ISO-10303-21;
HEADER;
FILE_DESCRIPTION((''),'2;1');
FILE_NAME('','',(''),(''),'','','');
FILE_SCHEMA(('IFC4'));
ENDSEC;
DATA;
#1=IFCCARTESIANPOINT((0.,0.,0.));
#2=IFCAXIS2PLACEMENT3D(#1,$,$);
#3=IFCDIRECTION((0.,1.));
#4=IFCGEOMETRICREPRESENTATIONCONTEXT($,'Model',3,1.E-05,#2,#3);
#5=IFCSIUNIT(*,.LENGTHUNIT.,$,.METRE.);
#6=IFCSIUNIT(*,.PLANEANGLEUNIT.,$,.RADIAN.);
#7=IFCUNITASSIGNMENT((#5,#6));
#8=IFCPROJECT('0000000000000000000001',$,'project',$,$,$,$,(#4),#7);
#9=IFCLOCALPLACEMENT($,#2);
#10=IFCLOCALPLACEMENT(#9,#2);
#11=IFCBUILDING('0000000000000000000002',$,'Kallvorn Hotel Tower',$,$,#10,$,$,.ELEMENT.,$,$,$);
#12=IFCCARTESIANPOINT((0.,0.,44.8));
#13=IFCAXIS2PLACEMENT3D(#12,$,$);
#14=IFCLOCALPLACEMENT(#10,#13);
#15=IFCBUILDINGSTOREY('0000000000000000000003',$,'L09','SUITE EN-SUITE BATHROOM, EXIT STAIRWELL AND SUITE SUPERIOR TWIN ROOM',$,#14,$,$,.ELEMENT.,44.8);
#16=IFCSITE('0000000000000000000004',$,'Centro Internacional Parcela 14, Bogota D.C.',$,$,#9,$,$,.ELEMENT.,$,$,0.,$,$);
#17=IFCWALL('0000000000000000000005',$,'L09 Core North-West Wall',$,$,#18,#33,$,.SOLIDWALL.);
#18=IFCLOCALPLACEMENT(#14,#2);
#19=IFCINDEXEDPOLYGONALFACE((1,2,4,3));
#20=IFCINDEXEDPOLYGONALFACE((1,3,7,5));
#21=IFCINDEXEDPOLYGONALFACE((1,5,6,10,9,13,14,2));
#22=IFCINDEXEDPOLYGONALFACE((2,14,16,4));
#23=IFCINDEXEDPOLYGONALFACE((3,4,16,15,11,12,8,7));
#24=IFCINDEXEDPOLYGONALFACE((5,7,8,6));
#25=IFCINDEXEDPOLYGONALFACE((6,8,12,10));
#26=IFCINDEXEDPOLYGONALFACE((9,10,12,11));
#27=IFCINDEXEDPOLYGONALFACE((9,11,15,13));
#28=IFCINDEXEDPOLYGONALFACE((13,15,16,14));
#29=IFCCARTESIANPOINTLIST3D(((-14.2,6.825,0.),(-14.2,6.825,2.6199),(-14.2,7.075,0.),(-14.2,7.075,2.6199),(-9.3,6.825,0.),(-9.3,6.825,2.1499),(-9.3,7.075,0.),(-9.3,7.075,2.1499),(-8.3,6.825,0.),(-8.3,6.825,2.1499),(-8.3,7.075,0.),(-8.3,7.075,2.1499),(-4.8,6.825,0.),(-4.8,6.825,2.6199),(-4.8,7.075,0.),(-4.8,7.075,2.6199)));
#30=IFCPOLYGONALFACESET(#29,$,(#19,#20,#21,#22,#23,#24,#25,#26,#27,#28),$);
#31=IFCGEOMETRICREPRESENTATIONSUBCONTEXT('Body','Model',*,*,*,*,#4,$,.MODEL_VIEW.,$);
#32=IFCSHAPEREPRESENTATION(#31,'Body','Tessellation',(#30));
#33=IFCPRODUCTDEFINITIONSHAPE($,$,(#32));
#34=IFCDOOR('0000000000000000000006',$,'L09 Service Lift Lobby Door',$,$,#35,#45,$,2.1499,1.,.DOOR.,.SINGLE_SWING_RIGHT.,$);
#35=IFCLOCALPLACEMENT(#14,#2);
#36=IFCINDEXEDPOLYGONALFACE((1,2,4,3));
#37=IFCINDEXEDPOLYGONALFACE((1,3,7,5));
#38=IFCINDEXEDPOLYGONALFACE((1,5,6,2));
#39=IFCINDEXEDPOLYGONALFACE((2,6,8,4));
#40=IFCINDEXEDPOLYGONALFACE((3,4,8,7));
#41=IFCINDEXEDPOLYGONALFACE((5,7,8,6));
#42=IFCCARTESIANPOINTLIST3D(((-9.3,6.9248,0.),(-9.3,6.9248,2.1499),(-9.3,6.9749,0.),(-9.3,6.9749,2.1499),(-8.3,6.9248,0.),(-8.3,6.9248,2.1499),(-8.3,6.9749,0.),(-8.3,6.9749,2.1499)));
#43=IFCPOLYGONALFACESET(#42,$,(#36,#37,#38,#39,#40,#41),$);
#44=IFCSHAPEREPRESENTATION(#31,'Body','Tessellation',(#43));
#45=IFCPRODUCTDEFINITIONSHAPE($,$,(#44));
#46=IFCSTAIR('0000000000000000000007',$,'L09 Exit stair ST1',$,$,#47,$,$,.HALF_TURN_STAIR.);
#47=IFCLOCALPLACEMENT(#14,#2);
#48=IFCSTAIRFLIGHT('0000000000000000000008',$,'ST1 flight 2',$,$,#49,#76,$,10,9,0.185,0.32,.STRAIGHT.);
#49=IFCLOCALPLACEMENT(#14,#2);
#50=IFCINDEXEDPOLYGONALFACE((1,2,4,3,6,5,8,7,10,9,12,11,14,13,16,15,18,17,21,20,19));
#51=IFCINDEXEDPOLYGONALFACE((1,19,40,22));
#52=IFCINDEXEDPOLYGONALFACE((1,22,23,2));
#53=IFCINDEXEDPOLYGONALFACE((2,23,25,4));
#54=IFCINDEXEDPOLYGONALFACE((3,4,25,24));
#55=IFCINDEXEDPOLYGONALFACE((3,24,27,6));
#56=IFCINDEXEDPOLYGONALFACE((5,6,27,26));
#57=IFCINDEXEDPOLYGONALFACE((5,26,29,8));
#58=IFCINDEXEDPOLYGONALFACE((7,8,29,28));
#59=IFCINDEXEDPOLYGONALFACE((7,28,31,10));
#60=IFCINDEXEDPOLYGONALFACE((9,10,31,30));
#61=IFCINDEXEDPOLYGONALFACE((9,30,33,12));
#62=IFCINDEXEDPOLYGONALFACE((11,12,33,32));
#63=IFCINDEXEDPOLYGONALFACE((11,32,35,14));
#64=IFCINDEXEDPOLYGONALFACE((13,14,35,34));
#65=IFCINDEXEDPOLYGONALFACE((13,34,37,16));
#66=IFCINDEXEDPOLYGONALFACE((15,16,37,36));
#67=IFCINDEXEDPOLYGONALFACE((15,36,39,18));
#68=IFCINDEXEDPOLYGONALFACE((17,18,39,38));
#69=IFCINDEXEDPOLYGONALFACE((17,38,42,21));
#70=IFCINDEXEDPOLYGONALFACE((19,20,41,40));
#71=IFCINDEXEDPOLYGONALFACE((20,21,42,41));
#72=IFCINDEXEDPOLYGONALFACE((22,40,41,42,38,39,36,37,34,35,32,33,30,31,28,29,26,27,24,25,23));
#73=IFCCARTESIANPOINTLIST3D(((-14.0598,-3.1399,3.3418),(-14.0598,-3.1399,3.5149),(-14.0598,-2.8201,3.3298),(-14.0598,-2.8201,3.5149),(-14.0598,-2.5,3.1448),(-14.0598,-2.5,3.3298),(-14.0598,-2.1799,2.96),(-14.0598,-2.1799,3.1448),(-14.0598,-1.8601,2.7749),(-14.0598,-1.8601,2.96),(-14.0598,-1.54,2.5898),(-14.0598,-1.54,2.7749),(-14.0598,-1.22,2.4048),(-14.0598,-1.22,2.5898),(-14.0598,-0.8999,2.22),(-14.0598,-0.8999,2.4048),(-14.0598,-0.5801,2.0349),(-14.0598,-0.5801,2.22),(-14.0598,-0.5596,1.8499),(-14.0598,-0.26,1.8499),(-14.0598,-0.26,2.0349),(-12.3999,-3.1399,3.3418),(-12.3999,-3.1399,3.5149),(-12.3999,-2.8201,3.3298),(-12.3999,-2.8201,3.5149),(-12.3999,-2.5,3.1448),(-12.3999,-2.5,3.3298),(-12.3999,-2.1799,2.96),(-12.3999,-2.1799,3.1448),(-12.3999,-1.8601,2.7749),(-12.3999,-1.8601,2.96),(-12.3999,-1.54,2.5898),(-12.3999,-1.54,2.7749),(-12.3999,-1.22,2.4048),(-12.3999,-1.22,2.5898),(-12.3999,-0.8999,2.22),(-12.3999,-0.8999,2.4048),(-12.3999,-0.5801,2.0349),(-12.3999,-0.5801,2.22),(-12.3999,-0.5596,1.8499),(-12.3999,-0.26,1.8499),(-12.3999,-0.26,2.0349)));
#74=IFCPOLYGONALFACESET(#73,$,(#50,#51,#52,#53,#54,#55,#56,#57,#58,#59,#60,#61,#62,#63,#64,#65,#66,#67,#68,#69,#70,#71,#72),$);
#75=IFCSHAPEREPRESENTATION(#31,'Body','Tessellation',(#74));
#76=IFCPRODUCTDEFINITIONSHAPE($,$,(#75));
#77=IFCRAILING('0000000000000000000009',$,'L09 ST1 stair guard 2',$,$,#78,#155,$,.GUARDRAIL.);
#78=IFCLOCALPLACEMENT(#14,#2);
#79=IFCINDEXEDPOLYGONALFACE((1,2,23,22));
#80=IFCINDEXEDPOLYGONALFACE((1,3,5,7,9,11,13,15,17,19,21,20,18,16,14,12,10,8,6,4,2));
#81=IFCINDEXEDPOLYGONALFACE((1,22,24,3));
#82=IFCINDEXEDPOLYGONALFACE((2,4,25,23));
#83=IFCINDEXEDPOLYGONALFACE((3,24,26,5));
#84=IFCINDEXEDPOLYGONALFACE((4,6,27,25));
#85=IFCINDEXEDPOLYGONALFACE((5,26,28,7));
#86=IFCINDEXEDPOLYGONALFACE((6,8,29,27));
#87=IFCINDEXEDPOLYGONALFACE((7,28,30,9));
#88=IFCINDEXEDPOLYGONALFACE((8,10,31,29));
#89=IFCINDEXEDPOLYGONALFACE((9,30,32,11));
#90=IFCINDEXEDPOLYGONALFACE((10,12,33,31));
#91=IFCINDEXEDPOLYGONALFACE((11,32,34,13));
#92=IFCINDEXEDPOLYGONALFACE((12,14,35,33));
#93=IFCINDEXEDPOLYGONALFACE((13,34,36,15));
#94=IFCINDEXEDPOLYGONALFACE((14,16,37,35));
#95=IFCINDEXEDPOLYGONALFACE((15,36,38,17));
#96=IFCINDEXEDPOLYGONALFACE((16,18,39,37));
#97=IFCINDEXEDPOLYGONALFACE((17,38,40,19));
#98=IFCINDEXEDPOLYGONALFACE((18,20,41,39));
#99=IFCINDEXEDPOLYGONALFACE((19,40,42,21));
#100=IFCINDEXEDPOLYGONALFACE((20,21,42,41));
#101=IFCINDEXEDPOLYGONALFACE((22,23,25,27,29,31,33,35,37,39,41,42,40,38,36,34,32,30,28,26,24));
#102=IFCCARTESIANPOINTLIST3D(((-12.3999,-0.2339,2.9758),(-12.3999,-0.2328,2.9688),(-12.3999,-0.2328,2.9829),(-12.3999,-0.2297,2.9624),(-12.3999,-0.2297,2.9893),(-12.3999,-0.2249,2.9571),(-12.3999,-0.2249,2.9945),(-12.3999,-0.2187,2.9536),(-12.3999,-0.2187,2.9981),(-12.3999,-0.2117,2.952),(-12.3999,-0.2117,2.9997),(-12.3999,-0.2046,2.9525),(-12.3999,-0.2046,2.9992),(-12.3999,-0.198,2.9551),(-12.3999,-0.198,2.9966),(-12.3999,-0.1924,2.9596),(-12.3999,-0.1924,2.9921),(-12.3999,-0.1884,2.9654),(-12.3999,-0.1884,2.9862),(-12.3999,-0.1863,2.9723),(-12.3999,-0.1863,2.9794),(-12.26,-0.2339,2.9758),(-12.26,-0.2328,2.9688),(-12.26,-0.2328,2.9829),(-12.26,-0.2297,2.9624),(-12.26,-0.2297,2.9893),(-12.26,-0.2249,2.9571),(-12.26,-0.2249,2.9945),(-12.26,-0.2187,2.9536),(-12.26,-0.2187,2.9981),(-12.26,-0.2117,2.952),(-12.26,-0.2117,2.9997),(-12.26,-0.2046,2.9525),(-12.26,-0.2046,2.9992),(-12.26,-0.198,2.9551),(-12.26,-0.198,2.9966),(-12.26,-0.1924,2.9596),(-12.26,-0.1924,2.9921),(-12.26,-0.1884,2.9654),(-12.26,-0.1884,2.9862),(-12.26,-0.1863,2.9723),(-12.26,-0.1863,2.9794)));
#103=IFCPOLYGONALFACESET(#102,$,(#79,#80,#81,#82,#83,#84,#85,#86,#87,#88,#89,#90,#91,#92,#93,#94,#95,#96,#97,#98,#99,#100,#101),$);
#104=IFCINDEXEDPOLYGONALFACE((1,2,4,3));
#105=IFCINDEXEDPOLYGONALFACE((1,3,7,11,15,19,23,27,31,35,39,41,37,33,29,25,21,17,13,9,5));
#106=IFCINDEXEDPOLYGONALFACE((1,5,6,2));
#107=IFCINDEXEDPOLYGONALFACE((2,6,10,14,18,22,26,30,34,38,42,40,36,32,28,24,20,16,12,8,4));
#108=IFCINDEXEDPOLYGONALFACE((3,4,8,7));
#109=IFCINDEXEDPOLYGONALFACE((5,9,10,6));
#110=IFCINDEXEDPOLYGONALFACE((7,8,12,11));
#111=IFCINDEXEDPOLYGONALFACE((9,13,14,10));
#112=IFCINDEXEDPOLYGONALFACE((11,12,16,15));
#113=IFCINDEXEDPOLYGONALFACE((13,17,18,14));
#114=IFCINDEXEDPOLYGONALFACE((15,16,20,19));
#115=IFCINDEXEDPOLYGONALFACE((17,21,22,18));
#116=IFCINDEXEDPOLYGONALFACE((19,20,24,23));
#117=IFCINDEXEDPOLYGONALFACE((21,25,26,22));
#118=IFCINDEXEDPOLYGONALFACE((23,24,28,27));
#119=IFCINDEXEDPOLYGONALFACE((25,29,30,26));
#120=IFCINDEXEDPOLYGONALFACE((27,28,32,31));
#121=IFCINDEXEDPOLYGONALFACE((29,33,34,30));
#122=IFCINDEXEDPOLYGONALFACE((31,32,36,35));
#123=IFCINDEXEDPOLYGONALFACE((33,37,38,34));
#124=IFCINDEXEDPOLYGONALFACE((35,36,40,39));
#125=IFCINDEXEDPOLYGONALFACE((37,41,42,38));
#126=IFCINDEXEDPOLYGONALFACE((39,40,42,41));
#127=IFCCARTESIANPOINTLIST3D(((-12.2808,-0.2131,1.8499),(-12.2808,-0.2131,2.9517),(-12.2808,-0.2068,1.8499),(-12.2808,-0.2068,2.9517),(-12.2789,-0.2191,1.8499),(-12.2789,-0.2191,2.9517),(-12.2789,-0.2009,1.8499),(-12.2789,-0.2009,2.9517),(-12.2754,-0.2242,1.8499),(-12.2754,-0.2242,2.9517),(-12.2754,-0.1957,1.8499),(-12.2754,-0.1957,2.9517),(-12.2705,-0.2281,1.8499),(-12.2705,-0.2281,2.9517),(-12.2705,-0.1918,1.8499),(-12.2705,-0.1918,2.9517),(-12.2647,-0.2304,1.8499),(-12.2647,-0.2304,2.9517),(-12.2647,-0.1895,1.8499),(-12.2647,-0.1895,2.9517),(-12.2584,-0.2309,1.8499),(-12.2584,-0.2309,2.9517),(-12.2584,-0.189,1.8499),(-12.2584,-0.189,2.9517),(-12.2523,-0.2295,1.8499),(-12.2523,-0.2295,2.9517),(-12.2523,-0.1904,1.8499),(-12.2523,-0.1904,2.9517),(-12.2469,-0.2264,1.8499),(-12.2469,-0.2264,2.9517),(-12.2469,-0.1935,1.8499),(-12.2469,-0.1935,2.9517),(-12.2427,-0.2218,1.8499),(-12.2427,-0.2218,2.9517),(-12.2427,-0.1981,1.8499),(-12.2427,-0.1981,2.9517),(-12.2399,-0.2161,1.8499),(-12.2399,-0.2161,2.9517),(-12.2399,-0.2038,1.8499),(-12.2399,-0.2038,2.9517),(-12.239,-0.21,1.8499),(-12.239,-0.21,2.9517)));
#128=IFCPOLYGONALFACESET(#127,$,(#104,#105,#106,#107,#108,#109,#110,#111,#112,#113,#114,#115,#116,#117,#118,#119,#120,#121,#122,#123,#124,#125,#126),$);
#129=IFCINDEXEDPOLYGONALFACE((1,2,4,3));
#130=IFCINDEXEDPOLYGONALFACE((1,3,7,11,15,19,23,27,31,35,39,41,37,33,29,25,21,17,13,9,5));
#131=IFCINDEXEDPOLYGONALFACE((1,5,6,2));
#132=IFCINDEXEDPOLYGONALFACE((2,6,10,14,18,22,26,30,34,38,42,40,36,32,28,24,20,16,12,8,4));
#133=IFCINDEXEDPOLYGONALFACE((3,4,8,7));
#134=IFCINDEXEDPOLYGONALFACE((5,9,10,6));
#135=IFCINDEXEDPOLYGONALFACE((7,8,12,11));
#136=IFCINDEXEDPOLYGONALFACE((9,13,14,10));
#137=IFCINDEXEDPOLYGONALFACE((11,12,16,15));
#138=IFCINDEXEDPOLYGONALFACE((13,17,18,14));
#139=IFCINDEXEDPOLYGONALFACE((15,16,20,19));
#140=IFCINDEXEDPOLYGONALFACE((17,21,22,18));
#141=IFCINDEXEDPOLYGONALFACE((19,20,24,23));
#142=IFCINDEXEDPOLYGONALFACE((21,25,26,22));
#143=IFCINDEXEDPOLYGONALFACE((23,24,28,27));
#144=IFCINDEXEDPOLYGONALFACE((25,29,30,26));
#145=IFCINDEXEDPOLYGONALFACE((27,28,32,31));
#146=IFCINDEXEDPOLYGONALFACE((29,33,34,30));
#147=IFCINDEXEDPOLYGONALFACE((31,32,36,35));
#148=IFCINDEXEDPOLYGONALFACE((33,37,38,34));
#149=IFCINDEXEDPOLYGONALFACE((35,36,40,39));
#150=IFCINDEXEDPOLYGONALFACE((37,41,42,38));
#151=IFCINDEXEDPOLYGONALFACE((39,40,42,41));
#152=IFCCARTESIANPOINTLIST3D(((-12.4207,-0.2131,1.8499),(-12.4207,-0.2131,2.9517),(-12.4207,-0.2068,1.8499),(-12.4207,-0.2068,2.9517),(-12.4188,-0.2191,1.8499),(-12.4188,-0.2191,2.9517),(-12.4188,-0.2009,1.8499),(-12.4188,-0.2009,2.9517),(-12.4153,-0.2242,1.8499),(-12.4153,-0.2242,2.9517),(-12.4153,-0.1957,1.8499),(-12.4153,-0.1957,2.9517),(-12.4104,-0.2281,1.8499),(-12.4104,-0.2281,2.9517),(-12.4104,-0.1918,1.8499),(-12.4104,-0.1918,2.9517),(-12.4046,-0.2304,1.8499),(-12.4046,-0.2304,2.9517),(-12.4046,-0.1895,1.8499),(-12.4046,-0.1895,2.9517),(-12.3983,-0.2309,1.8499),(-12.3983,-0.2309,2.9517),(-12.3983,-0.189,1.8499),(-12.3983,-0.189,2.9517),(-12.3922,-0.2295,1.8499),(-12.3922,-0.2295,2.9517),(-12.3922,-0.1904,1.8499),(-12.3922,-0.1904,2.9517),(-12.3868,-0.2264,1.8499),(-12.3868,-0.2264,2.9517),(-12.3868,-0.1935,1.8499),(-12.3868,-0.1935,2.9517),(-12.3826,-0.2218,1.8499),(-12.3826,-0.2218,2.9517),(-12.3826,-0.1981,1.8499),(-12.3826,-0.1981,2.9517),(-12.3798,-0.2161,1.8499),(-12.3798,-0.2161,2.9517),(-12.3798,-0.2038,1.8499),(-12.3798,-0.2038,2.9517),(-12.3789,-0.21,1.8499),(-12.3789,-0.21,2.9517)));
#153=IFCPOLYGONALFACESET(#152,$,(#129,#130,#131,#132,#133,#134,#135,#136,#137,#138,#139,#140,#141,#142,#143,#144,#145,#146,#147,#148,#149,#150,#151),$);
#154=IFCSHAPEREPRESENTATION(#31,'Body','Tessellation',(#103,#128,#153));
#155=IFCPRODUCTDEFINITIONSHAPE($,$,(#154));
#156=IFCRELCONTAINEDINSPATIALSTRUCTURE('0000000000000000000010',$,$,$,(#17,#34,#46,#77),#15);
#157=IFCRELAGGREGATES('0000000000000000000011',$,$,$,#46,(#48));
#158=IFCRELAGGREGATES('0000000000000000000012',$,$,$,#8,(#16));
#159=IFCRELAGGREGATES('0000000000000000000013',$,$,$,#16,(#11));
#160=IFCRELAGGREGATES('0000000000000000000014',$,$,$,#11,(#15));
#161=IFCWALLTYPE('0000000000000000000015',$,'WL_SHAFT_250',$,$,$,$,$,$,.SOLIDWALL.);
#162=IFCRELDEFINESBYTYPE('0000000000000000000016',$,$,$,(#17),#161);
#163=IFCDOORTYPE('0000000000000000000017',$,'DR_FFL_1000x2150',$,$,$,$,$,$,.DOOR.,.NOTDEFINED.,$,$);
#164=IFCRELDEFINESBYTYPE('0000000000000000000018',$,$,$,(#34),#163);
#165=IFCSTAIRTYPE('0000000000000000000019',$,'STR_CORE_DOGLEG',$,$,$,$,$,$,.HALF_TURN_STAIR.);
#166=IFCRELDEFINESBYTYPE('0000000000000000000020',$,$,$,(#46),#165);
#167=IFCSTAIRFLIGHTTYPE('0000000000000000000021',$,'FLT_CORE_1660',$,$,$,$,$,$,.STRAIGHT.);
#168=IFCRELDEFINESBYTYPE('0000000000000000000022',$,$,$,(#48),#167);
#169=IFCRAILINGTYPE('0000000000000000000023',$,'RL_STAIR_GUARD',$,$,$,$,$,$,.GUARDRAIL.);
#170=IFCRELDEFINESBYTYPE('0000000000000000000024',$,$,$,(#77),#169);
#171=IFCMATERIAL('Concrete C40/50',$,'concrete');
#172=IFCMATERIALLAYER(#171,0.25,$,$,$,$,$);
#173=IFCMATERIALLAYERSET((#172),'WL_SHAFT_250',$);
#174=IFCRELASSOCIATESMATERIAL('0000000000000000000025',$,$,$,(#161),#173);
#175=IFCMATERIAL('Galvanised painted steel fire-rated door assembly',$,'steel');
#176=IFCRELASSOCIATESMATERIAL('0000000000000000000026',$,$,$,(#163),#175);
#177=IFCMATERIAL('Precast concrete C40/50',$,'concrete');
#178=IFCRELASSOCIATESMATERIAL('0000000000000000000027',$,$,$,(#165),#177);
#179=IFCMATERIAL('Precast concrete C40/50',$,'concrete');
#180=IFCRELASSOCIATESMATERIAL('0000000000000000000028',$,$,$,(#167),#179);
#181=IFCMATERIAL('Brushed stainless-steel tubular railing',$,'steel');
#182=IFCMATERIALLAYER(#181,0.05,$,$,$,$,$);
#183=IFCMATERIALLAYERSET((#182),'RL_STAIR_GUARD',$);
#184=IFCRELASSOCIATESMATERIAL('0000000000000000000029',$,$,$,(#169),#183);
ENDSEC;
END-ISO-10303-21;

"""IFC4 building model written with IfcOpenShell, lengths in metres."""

from ifc_helpers import new_model, si_unit, direction, frame, frame_2d, origin, origin_2d, place, context, subcontext, project, spatial, polyline, rectangle, circle, outline, extrude, material, layer, layer_set, type_object, element, fill, aggregate, save


model = new_model("IFC4")

# Units and contexts
model_context = context("Model", 3, precision=1e-05, world=origin(), true_north=direction((0.0, 1.0)))
body_context = subcontext(model_context, "Body", "Model", "MODEL_VIEW")
ifc_project = project(units=[si_unit("LENGTHUNIT", "METRE"), si_unit("PLANEANGLEUNIT", "RADIAN")], contexts=[model_context])

# Site, building, storey
site_placement = place(None, origin())
site = spatial("IfcSite", under=ifc_project, at=site_placement, Name="Centro Internacional Parcela 14, Bogota D.C.", CompositionType="ELEMENT", RefElevation=0.0)
building_placement = place(site_placement, origin())
building = spatial("IfcBuilding", under=site, at=building_placement, Name="Kallvorn Hotel Tower", CompositionType="ELEMENT")
storey_placement = place(building_placement, frame((0.0, 0.0, 44.8)))
storey = spatial("IfcBuildingStorey", under=building, at=storey_placement, Name="L09", Description="SUITE EN-SUITE BATHROOM, EXIT STAIRWELL AND SUITE SUPERIOR TWIN ROOM", CompositionType="ELEMENT", Elevation=44.8)

# Wall, opening, door
ifc_material_1 = material(Name="Concrete C40/50", Category="concrete")
ifc_layer_1 = layer(ifc_material_1, 0.25)
ifc_layer_set_1 = layer_set([ifc_layer_1], Name="WL_SHAFT_250")
wall_type_1 = type_object("IfcWallType", Name="WL_SHAFT_250", PredefinedType="SOLIDWALL", material=ifc_layer_set_1)
wall_1_placement = place(storey_placement, frame((-14.2, 6.95, 0.0), z_axis=(0.0, 0.0, 1.0), x_axis=(1.0, 0.0, 0.0)))
wall_1 = element("IfcWall", 1, at=wall_1_placement, inside=storey, type_object=wall_type_1, Name="L09 Core North-West Wall", PredefinedType="SOLIDWALL", context=body_context, shape_type="SweptSolid", body=[
    extrude(rectangle(XDim=9.3999, YDim=0.25, at=frame_2d((4.7, 0.0))), origin(), (0.0, 0.0, 1.0), 2.6199),
])
opening_1_placement = place(wall_1_placement, frame((4.8999, 0.0, 0.0)))
opening_1 = element("IfcOpeningElement", 2, at=opening_1_placement, cuts=wall_1, PredefinedType="OPENING", context=body_context, shape_type="SweptSolid", body=[
    extrude(rectangle(XDim=1.0, YDim=2.1499, at=frame_2d((0.5, 1.075))), frame((0.0, 0.1399, 0.0), z_axis=(0.0, -1.0, 0.0), x_axis=(1.0, 0.0, 0.0)), (0.0, 0.0, 1.0), 0.28),
])
ifc_material_2 = material(Name="Galvanised painted steel fire-rated door assembly", Category="steel")
door_type_1 = type_object("IfcDoorType", Name="DR_FFL_1000x2150", OperationType="NOTDEFINED", PredefinedType="DOOR", material=ifc_material_2)
door_1_placement = place(opening_1_placement, origin())
door_1 = element("IfcDoor", 3, at=door_1_placement, inside=storey, type_object=door_type_1, Name="L09 Service Lift Lobby Door", OperationType="SINGLE_SWING_RIGHT", OverallHeight=2.1499, OverallWidth=1.0, PredefinedType="DOOR", context=body_context, shape_type="SweptSolid", body=[
    extrude(rectangle(XDim=1.0, YDim=2.1499, at=frame_2d((0.5, 1.075))), frame((0.0, 0.0249, 0.0), z_axis=(0.0, -1.0, 0.0), x_axis=(1.0, 0.0, 0.0)), (0.0, 0.0, 1.0), 0.05),
])
fill(opening_1, door_1)

# Stair, stair flight
ifc_material_3 = material(Name="Precast concrete C40/50", Category="concrete")
stair_type = type_object("IfcStairType", Name="STR_CORE_DOGLEG", PredefinedType="HALF_TURN_STAIR", material=ifc_material_3)
stair_placement = place(storey_placement, origin())
stair = element("IfcStair", 4, at=stair_placement, inside=storey, type_object=stair_type, Name="L09 Exit stair ST1", PredefinedType="HALF_TURN_STAIR")
ifc_material_4 = material(Name="Precast concrete C40/50", Category="concrete")
stair_flight_type = type_object("IfcStairFlightType", Name="FLT_CORE_1660", PredefinedType="STRAIGHT", material=ifc_material_4)
stair_flight_placement = place(storey_placement, frame((-13.23, -0.26, 1.8499), z_axis=(0.0, 0.0, 1.0), x_axis=(0.0, -1.0, 0.0)))
stair_flight = element("IfcStairFlight", 5, at=stair_flight_placement, type_object=stair_flight_type, Name="ST1 flight 2", NumberOfRisers=10, NumberOfTreads=9, PredefinedType="STRAIGHT", RiserHeight=0.185, TreadLength=0.32, context=body_context, shape_type="SweptSolid", body=[
    extrude(outline(polyline([(0.0, 0.0), (0.0, 0.1851), (0.3201, 0.1851), (0.3201, 0.3701), (0.6399, 0.3701), (0.6399, 0.5549), (0.96, 0.5549), (0.96, 0.74), (1.28, 0.74), (1.28, 0.925), (1.6001, 0.925), (1.6001, 1.1101), (1.9199, 1.1101), (1.9199, 1.2949), (2.24, 1.2949), (2.24, 1.48), (2.5601, 1.48), (2.5601, 1.665), (2.8799, 1.665), (2.8799, 1.8501), (2.8799, 1.4919), (0.2996, 0.0), (0.0, 0.0)])), frame((0.0, 0.8301, 0.0), z_axis=(0.0, -1.0, 0.0), x_axis=(1.0, 0.0, 0.0)), (0.0, 0.0, 1.0), 1.6599),
])
aggregate(stair, [stair_flight])

# Railing
ifc_material_5 = material(Name="Brushed stainless-steel tubular railing", Category="steel")
ifc_layer_2 = layer(ifc_material_5, 0.05)
ifc_layer_set_2 = layer_set([ifc_layer_2], Name="RL_STAIR_GUARD")
railing_type_1 = type_object("IfcRailingType", Name="RL_STAIR_GUARD", PredefinedType="GUARDRAIL", material=ifc_layer_set_2)
railing_1_placement = place(storey_placement, frame((-12.26, -0.21, 1.8499)))
element("IfcRailing", 6, at=railing_1_placement, inside=storey, type_object=railing_type_1, Name="L09 ST1 stair guard 2", PredefinedType="GUARDRAIL", context=body_context, shape_type="SweptSolid", body=[
    extrude(circle(Radius=0.0239, at=origin_2d()), frame((0.0, 0.0, 1.126), z_axis=(-1.0, 0.0, 0.0), x_axis=(0.0, -1.0, 0.0)), (0.0, 0.0, 1.0), 0.1399),
    extrude(circle(Radius=0.021, at=origin_2d()), origin(), (0.0, 0.0, 1.0), 1.1018),
    extrude(circle(Radius=0.021, at=origin_2d()), frame((-0.1399, 0.0, 0.0)), (0.0, 0.0, 1.0), 1.1018),
])

save(model, "model.ifc")
